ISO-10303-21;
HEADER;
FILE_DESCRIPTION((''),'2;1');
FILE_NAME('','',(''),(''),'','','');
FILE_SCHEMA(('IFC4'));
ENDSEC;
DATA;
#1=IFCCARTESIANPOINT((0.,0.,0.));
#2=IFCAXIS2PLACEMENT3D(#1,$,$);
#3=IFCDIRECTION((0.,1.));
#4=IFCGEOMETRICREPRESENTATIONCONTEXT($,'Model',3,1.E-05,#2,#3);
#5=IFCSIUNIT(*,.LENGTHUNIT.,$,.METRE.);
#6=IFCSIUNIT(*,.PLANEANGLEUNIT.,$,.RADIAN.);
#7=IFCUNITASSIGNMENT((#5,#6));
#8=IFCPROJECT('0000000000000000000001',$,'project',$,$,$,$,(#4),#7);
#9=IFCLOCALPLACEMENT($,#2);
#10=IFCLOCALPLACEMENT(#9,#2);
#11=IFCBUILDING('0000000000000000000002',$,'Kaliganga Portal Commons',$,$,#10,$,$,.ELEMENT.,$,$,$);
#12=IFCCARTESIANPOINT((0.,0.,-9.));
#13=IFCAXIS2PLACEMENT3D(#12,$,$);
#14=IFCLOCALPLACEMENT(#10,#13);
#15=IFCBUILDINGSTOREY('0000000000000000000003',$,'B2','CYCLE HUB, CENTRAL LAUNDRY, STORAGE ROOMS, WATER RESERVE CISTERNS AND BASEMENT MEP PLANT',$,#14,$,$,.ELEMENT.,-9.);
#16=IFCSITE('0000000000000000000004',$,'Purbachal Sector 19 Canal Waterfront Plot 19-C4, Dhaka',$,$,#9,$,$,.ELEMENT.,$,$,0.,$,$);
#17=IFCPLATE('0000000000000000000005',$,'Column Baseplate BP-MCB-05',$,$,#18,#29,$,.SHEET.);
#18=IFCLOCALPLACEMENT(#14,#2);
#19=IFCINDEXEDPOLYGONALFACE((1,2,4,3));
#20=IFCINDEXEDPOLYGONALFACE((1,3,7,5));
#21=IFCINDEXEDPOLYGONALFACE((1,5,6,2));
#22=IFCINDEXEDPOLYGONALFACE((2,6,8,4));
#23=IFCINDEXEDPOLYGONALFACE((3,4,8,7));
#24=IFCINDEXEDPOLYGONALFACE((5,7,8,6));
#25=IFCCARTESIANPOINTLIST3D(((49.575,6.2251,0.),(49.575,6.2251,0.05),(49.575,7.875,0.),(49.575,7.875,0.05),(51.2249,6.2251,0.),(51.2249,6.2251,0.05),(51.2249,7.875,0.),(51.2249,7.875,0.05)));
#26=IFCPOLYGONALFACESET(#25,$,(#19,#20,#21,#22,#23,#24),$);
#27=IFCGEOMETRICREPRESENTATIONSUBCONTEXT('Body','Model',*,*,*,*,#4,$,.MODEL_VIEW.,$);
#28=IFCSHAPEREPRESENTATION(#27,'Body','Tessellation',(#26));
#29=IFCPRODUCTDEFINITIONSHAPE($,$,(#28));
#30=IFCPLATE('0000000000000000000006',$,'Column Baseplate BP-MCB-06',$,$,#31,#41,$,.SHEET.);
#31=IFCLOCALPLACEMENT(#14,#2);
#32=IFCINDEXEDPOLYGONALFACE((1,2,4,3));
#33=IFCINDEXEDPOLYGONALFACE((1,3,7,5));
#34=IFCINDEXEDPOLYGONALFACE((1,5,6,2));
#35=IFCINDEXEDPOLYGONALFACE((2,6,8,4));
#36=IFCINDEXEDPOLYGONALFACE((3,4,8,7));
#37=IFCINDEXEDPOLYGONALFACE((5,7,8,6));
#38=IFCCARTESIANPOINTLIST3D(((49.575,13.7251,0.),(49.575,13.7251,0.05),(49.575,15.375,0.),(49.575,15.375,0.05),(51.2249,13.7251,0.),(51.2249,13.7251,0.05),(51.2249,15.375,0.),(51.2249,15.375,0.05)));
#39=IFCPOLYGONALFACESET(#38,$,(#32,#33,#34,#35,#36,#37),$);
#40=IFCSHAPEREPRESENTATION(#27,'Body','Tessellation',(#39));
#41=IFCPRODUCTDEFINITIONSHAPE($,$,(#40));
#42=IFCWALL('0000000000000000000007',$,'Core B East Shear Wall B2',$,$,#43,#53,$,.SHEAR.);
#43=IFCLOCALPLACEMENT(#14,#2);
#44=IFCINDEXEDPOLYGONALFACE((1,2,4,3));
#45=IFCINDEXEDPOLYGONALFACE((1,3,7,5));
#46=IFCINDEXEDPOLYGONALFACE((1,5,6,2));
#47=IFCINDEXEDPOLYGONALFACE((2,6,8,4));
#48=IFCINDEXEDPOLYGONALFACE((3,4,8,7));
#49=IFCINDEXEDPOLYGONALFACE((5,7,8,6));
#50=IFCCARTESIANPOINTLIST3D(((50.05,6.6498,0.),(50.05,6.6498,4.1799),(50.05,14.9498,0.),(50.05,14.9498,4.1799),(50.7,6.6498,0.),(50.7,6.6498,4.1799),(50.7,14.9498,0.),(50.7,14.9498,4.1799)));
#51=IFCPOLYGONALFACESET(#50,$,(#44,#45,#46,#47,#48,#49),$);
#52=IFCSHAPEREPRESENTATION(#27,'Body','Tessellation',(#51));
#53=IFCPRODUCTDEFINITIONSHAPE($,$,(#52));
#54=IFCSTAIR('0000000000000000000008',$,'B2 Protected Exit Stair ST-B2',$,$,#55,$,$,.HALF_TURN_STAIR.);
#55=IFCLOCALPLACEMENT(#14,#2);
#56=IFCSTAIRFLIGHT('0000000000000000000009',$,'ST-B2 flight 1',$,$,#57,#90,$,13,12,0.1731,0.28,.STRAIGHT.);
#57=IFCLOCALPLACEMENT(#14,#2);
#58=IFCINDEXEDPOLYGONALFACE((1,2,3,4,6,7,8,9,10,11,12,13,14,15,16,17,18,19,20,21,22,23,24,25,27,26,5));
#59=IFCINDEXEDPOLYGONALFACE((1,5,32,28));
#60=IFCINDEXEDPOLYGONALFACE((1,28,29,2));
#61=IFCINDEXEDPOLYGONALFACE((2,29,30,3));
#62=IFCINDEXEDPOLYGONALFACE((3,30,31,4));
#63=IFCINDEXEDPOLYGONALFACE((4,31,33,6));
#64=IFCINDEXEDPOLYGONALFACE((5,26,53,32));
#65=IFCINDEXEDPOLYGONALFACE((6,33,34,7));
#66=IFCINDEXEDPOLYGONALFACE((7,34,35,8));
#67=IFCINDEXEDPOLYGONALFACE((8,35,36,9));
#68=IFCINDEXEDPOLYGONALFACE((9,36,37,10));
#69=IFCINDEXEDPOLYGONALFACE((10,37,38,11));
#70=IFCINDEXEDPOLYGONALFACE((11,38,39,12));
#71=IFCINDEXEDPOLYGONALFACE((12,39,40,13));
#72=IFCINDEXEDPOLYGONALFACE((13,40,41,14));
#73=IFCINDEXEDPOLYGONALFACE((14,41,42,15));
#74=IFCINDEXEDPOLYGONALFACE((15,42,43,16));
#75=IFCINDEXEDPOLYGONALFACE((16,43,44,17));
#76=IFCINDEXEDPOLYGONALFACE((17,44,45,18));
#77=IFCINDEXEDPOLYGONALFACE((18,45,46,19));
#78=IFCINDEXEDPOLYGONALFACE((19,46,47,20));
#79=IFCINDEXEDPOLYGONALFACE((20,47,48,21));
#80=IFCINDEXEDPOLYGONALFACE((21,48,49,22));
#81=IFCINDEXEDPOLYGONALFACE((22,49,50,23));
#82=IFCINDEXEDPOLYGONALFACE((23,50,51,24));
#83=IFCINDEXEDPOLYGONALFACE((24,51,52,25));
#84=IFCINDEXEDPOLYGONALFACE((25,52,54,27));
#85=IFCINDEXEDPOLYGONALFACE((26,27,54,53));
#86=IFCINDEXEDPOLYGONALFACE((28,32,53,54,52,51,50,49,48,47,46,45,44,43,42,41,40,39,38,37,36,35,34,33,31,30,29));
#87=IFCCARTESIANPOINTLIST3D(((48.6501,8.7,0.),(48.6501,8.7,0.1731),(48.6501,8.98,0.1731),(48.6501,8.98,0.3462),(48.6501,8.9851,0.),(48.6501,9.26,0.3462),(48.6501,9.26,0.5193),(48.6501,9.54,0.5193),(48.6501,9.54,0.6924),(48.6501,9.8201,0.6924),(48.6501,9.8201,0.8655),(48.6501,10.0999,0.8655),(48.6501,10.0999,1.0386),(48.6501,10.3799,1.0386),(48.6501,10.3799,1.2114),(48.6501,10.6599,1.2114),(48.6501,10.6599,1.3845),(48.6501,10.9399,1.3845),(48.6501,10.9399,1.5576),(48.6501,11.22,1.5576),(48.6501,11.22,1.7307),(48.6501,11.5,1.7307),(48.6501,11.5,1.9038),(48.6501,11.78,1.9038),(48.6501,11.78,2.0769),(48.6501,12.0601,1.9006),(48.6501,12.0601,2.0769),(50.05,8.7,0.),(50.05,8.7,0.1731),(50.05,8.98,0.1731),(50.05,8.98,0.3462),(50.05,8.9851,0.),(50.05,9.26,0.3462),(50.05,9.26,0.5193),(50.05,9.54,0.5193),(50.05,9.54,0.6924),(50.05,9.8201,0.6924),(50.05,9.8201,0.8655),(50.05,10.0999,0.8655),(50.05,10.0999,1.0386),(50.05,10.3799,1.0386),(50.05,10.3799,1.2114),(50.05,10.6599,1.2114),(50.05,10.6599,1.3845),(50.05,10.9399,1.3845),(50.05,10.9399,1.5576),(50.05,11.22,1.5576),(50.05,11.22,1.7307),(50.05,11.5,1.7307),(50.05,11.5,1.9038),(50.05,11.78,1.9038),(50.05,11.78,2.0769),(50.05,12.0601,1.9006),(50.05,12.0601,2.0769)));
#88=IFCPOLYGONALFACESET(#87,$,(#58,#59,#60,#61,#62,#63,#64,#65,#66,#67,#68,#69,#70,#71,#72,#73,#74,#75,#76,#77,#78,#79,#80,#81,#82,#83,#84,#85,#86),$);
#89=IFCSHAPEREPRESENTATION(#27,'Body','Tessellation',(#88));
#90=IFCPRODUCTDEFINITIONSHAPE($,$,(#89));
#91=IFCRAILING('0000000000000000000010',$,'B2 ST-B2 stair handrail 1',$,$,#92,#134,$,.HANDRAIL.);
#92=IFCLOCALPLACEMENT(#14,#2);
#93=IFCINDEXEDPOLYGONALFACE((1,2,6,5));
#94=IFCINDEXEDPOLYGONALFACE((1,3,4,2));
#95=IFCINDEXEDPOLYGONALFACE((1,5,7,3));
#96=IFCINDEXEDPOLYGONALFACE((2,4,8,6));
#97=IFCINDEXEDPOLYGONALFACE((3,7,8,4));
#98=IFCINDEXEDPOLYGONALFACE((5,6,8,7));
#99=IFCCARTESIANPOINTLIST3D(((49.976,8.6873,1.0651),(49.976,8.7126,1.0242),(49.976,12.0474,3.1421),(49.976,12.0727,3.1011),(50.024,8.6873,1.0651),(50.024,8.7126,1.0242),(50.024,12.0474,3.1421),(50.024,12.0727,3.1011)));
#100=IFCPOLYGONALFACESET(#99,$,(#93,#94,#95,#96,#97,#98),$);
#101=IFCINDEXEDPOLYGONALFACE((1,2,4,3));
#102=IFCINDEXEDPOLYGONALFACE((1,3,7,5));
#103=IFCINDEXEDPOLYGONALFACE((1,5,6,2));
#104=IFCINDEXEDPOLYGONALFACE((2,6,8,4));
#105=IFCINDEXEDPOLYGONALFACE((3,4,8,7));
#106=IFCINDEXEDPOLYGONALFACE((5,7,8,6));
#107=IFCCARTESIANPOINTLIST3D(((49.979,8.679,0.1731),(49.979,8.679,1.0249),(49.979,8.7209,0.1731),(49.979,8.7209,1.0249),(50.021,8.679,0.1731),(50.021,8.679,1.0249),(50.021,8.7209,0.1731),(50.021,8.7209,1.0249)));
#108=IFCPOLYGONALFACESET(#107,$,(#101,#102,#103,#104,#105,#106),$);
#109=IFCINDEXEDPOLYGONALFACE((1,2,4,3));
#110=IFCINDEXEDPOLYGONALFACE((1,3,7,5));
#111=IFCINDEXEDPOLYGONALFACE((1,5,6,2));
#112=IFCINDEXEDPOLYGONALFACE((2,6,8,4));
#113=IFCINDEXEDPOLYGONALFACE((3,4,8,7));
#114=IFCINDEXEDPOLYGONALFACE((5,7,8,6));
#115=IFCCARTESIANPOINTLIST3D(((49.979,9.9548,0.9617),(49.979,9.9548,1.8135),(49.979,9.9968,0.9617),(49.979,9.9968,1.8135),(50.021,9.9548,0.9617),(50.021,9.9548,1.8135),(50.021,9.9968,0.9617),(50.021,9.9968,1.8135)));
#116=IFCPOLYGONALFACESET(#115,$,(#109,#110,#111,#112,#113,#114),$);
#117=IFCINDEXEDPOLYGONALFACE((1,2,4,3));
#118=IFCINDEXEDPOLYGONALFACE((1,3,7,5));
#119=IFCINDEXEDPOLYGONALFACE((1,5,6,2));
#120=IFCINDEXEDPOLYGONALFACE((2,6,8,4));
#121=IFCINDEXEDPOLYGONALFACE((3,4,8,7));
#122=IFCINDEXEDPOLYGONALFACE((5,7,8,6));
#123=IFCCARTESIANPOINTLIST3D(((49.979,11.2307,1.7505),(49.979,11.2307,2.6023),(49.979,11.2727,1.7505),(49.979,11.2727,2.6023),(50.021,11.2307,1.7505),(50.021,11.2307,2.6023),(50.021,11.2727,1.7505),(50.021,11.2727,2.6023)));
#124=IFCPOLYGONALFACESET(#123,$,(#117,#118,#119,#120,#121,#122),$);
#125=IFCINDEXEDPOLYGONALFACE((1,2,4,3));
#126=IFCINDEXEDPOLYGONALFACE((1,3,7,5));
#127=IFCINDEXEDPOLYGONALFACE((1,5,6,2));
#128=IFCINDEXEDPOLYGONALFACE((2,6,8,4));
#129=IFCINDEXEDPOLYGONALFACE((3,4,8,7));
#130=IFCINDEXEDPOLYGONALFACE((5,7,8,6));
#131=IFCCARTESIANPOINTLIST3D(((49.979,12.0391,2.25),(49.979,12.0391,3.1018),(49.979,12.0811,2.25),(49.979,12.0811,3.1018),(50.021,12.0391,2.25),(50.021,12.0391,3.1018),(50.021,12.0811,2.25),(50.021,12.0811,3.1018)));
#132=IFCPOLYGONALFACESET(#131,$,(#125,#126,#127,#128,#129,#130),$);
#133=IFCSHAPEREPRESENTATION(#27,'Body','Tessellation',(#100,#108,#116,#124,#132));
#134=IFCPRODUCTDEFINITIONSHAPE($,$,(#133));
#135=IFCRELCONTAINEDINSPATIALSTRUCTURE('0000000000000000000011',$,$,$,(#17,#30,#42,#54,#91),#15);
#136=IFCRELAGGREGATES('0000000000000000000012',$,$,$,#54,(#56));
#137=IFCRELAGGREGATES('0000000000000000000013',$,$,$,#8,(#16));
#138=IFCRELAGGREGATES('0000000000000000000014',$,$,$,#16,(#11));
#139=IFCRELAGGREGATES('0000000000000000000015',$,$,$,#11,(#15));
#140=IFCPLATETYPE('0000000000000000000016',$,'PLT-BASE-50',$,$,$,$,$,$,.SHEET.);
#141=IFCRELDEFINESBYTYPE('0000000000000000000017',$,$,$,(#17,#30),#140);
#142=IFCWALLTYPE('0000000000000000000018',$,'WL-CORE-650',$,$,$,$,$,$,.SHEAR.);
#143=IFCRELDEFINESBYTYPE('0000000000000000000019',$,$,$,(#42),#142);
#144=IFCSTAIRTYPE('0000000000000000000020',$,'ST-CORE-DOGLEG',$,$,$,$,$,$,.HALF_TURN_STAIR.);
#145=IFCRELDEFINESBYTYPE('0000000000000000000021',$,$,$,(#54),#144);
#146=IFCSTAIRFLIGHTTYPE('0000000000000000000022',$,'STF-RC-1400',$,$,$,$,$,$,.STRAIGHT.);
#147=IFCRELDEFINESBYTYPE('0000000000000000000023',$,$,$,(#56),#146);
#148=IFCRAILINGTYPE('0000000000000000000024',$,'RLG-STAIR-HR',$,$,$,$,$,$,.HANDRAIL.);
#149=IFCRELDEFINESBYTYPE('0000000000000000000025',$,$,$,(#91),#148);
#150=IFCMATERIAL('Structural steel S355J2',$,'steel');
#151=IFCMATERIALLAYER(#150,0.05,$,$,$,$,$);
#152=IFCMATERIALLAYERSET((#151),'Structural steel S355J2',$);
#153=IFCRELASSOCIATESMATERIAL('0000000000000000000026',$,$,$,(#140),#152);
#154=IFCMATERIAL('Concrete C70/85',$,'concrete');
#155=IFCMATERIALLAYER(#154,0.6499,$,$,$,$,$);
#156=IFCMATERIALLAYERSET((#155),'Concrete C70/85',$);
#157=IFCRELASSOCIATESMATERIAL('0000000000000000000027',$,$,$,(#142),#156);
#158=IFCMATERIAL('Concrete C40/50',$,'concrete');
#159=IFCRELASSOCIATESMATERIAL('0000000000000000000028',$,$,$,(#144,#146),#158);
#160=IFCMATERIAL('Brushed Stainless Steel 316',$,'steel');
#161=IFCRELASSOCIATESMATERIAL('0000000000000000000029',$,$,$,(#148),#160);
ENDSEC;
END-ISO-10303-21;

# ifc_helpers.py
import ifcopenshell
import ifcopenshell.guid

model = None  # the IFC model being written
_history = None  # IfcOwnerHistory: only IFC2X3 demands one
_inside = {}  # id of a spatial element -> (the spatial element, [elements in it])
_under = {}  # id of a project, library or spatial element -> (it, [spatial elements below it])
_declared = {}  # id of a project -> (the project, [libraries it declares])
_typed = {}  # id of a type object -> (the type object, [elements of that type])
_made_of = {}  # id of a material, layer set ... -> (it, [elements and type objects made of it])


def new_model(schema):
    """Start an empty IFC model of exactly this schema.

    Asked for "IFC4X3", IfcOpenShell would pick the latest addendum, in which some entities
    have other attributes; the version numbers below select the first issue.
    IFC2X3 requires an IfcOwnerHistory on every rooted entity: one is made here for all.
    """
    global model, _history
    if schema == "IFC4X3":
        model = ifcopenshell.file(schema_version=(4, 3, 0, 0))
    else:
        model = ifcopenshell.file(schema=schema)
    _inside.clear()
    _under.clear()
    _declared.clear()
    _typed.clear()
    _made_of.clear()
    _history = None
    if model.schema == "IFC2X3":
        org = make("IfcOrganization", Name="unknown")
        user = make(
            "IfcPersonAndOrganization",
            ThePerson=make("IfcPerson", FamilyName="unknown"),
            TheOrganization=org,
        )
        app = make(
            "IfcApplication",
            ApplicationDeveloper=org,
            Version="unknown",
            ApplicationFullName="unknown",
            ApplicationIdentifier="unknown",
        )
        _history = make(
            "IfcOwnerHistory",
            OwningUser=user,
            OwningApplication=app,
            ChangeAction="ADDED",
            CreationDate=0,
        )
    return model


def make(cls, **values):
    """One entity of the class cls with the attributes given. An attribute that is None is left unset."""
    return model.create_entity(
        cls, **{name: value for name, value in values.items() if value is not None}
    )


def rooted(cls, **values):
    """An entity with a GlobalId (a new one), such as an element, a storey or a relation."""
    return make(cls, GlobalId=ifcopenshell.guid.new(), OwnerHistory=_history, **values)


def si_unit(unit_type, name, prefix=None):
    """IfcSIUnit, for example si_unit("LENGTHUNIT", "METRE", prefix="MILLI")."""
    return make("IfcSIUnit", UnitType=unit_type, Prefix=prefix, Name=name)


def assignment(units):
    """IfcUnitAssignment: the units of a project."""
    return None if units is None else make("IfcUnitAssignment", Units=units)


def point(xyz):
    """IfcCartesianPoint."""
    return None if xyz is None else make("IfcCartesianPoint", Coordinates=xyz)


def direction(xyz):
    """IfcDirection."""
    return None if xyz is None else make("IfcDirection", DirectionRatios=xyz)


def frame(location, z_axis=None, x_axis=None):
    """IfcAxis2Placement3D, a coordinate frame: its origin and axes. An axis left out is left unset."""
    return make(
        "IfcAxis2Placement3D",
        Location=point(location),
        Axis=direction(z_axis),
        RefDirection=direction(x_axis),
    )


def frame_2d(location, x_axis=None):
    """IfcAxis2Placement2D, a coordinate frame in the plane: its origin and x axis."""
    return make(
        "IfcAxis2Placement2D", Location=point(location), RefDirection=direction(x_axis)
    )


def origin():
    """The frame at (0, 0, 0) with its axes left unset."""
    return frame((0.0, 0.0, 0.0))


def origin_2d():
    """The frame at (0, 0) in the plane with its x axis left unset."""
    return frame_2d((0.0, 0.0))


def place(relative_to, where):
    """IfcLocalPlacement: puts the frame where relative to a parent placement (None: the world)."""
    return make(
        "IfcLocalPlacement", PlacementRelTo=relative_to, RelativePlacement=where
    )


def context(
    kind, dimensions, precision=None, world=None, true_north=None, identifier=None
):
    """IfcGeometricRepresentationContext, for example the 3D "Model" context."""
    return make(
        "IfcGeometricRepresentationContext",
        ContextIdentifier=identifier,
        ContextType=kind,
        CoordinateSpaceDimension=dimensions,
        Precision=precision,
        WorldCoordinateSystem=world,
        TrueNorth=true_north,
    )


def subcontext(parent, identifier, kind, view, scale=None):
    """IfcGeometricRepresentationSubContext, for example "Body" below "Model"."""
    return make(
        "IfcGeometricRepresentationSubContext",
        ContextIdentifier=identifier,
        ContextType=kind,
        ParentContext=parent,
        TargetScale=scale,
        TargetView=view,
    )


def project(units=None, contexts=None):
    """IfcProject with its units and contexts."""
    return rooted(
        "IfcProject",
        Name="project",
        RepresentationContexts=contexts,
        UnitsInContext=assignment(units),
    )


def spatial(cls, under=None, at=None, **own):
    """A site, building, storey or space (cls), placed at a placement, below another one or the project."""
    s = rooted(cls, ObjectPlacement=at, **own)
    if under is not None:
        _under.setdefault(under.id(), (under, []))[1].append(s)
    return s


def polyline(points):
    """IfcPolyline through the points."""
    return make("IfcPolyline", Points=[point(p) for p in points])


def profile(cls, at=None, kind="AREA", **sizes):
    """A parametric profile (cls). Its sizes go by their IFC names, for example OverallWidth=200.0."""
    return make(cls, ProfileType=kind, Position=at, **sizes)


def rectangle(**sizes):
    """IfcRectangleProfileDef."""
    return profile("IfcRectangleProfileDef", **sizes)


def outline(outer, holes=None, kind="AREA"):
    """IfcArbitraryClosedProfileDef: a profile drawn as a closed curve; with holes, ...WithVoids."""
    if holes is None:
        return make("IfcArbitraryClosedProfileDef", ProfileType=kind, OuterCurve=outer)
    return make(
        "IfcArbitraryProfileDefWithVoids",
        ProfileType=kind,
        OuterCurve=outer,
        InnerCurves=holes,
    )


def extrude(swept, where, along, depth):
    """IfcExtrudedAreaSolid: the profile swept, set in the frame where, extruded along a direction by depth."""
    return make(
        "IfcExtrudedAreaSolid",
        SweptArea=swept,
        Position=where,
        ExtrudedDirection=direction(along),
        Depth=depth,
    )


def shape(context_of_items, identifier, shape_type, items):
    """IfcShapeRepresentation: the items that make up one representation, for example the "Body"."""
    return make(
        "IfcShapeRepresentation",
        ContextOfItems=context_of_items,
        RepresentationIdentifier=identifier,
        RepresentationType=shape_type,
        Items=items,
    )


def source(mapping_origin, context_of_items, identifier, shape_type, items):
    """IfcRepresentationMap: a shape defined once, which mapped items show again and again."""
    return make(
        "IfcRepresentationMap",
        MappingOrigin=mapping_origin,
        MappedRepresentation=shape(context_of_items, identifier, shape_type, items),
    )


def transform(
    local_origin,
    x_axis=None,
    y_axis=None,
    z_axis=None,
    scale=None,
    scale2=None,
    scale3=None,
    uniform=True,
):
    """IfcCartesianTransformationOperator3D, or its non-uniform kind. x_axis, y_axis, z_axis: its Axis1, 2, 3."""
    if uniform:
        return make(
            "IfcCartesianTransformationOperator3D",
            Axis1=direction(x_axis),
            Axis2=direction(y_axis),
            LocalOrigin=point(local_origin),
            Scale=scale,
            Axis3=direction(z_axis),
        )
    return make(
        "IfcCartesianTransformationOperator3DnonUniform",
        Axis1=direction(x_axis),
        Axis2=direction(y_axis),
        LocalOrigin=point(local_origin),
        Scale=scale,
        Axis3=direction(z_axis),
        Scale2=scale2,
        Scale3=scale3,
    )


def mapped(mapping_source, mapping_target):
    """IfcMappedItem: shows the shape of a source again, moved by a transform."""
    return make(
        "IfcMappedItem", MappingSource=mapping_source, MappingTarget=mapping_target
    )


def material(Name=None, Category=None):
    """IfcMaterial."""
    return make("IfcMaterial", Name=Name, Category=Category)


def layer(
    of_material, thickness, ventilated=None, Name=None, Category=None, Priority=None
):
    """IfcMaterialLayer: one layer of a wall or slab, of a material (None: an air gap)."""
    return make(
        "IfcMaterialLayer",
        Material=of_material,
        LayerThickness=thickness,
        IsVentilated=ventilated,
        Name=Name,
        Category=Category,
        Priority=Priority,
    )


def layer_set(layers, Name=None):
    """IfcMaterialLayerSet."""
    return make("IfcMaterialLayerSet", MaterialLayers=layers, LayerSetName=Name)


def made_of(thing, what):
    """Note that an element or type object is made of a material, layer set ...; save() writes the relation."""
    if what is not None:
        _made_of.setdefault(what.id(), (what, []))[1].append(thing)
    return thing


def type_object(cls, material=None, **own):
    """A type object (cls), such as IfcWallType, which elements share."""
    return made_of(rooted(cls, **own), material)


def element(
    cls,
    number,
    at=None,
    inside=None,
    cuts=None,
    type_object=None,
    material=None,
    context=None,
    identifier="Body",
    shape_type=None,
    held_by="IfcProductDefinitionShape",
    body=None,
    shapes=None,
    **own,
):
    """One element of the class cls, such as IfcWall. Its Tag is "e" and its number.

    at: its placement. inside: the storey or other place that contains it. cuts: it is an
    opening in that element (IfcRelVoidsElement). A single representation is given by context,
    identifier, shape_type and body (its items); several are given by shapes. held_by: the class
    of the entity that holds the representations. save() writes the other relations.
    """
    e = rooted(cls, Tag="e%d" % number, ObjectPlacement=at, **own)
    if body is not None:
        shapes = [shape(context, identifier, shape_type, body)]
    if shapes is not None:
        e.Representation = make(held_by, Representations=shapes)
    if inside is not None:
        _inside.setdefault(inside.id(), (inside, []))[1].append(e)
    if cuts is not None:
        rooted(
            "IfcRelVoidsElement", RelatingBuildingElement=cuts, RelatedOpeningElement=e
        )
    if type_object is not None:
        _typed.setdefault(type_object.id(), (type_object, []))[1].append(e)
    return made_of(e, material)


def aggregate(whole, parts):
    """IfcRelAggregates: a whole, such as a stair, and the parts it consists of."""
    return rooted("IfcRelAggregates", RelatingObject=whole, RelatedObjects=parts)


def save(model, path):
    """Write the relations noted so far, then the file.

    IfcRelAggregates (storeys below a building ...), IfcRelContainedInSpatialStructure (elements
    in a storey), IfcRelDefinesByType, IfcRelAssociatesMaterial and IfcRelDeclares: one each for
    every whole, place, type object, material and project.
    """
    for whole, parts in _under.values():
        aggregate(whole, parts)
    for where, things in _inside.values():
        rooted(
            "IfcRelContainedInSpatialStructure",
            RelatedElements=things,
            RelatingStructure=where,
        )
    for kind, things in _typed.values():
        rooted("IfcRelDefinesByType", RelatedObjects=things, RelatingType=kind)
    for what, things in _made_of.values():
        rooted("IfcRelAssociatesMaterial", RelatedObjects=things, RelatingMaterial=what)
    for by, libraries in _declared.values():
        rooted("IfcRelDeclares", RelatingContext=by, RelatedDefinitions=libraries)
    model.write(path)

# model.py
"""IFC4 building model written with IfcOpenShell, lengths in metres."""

from ifc_helpers import new_model, si_unit, direction, frame, frame_2d, origin, origin_2d, place, context, subcontext, project, spatial, polyline, rectangle, outline, extrude, source, transform, mapped, material, layer, layer_set, type_object, element, aggregate, save


model = new_model("IFC4")

# Units and contexts
model_context = context("Model", 3, precision=1e-05, world=origin(), true_north=direction((0.0, 1.0)))
body_context = subcontext(model_context, "Body", "Model", "MODEL_VIEW")
ifc_project = project(units=[si_unit("LENGTHUNIT", "METRE"), si_unit("PLANEANGLEUNIT", "RADIAN")], contexts=[model_context])

# Site, building, storey
site_placement = place(None, origin())
site = spatial("IfcSite", under=ifc_project, at=site_placement, Name="Purbachal Sector 19 Canal Waterfront Plot 19-C4, Dhaka", CompositionType="ELEMENT", RefElevation=0.0)
building_placement = place(site_placement, origin())
building = spatial("IfcBuilding", under=site, at=building_placement, Name="Kaliganga Portal Commons", CompositionType="ELEMENT")
storey_placement = place(building_placement, frame((0.0, 0.0, -9.0)))
storey = spatial("IfcBuildingStorey", under=building, at=storey_placement, Name="B2", Description="CYCLE HUB, CENTRAL LAUNDRY, STORAGE ROOMS, WATER RESERVE CISTERNS AND BASEMENT MEP PLANT", CompositionType="ELEMENT", Elevation=-9.0)

# Shared definitions
ifc_material_1 = material(Name="Structural steel S355J2", Category="steel")
ifc_material_2 = material(Name="Concrete C70/85", Category="concrete")

# Plates
ifc_layer_1 = layer(ifc_material_1, 0.05)
ifc_layer_set_1 = layer_set([ifc_layer_1], Name="Structural steel S355J2")
plate_type = type_object("IfcPlateType", Name="PLT-BASE-50", PredefinedType="SHEET", material=ifc_layer_set_1)
shared_shape_1 = source(origin(), body_context, "Body", "SweptSolid", [
    extrude(rectangle(XDim=1.6499, YDim=1.6499, at=origin_2d()), origin(), (0.0, 0.0, 1.0), 0.05),
])
for number, where, z_axis, x_axis, name in (
    (1, (50.3999, 7.05, 0.0), (0.0, 0.0, 1.0), (1.0, 0.0, 0.0), "Column Baseplate BP-MCB-05"),
    (2, (50.3999, 14.55, 0.0), (0.0, 0.0, 1.0), (1.0, 0.0, 0.0), "Column Baseplate BP-MCB-06"),
):
    element("IfcPlate", number, at=place(storey_placement, frame(where, z_axis=z_axis, x_axis=x_axis)), inside=storey, type_object=plate_type, Name=name, PredefinedType="SHEET", context=body_context, shape_type="MappedRepresentation", body=[
        mapped(shared_shape_1, transform((0.0, 0.0, 0.0), x_axis=(1.0, 0.0, 0.0), y_axis=(0.0, 1.0, 0.0), z_axis=(0.0, 0.0, 1.0), scale=1.0)),
    ])

# Wall
ifc_layer_2 = layer(ifc_material_2, 0.6499)
ifc_layer_set_2 = layer_set([ifc_layer_2], Name="Concrete C70/85")
wall_type = type_object("IfcWallType", Name="WL-CORE-650", PredefinedType="SHEAR", material=ifc_layer_set_2)
wall_placement = place(storey_placement, frame((50.375, 6.6499, 0.0), z_axis=(0.0, 0.0, 1.0), x_axis=(0.0, 1.0, 0.0)))
element("IfcWall", 3, at=wall_placement, inside=storey, type_object=wall_type, Name="Core B East Shear Wall B2", PredefinedType="SHEAR", context=body_context, shape_type="SweptSolid", body=[
    extrude(rectangle(XDim=8.3, YDim=0.6499, at=frame_2d((4.1499, 0.0))), origin(), (0.0, 0.0, 1.0), 4.1799),
])

# Stair, stair flight
ifc_material_3 = material(Name="Concrete C40/50", Category="concrete")
stair_type = type_object("IfcStairType", Name="ST-CORE-DOGLEG", PredefinedType="HALF_TURN_STAIR", material=ifc_material_3)
stair_placement = place(storey_placement, origin())
stair = element("IfcStair", 4, at=stair_placement, inside=storey, type_object=stair_type, Name="B2 Protected Exit Stair ST-B2", PredefinedType="HALF_TURN_STAIR")
stair_flight_type = type_object("IfcStairFlightType", Name="STF-RC-1400", PredefinedType="STRAIGHT", material=ifc_material_3)
stair_flight_placement = place(storey_placement, frame((49.3501, 8.7, 0.0), z_axis=(0.0, 0.0, 1.0), x_axis=(0.0, 1.0, 0.0)))
stair_flight = element("IfcStairFlight", 5, at=stair_flight_placement, type_object=stair_flight_type, Name="ST-B2 flight 1", NumberOfRisers=13, NumberOfTreads=12, PredefinedType="STRAIGHT", RiserHeight=0.1731, TreadLength=0.28, context=body_context, shape_type="SweptSolid", body=[
    extrude(outline(polyline([(0.0, 0.0), (0.0, 0.1731), (0.28, 0.1731), (0.28, 0.3462), (0.5601, 0.3462), (0.5601, 0.5193), (0.8401, 0.5193), (0.8401, 0.6924), (1.1201, 0.6924), (1.1201, 0.8655), (1.3999, 0.8655), (1.3999, 1.0386), (1.6799, 1.0386), (1.6799, 1.2114), (1.96, 1.2114), (1.96, 1.3845), (2.24, 1.3845), (2.24, 1.5576), (2.52, 1.5576), (2.52, 1.7307), (2.8, 1.7307), (2.8, 1.9038), (3.0801, 1.9038), (3.0801, 2.0769), (3.3601, 2.0769), (3.3601, 2.25), (3.3601, 1.9006), (0.2852, 0.0), (0.0, 0.0)])), frame((0.0, 0.7, 0.0), z_axis=(0.0, -1.0, 0.0), x_axis=(1.0, 0.0, 0.0)), (0.0, 0.0, 1.0), 1.3999),
])
aggregate(stair, [stair_flight])

# Railing
ifc_material_4 = material(Name="Brushed Stainless Steel 316", Category="steel")
railing_type = type_object("IfcRailingType", Name="RLG-STAIR-HR", PredefinedType="HANDRAIL", material=ifc_material_4)
railing_placement = place(storey_placement, frame((50.0, 8.7, 0.1731)))
element("IfcRailing", 6, at=railing_placement, inside=storey, type_object=railing_type, Name="B2 ST-B2 stair handrail 1", PredefinedType="HANDRAIL", context=body_context, shape_type="SweptSolid", body=[
    extrude(rectangle(XDim=0.0481, YDim=0.0481, at=origin_2d()), frame((0.0, 0.0, 0.8716), z_axis=(0.0, 0.850623, 0.525776), x_axis=(-1.0, 0.0, 0.0)), (0.0, 0.0, 1.0), 3.9502),
    extrude(rectangle(XDim=0.042, YDim=0.042, at=origin_2d()), origin(), (0.0, 0.0, 1.0), 0.8518),
    extrude(rectangle(XDim=0.042, YDim=0.042, at=origin_2d()), frame((0.0, 1.2759, 0.7886)), (0.0, 0.0, 1.0), 0.8518),
    extrude(rectangle(XDim=0.042, YDim=0.042, at=origin_2d()), frame((0.0, 2.5518, 1.5774)), (0.0, 0.0, 1.0), 0.8518),
    extrude(rectangle(XDim=0.042, YDim=0.042, at=origin_2d()), frame((0.0, 3.3601, 2.0769)), (0.0, 0.0, 1.0), 0.8518),
])

save(model, "model.ifc")
